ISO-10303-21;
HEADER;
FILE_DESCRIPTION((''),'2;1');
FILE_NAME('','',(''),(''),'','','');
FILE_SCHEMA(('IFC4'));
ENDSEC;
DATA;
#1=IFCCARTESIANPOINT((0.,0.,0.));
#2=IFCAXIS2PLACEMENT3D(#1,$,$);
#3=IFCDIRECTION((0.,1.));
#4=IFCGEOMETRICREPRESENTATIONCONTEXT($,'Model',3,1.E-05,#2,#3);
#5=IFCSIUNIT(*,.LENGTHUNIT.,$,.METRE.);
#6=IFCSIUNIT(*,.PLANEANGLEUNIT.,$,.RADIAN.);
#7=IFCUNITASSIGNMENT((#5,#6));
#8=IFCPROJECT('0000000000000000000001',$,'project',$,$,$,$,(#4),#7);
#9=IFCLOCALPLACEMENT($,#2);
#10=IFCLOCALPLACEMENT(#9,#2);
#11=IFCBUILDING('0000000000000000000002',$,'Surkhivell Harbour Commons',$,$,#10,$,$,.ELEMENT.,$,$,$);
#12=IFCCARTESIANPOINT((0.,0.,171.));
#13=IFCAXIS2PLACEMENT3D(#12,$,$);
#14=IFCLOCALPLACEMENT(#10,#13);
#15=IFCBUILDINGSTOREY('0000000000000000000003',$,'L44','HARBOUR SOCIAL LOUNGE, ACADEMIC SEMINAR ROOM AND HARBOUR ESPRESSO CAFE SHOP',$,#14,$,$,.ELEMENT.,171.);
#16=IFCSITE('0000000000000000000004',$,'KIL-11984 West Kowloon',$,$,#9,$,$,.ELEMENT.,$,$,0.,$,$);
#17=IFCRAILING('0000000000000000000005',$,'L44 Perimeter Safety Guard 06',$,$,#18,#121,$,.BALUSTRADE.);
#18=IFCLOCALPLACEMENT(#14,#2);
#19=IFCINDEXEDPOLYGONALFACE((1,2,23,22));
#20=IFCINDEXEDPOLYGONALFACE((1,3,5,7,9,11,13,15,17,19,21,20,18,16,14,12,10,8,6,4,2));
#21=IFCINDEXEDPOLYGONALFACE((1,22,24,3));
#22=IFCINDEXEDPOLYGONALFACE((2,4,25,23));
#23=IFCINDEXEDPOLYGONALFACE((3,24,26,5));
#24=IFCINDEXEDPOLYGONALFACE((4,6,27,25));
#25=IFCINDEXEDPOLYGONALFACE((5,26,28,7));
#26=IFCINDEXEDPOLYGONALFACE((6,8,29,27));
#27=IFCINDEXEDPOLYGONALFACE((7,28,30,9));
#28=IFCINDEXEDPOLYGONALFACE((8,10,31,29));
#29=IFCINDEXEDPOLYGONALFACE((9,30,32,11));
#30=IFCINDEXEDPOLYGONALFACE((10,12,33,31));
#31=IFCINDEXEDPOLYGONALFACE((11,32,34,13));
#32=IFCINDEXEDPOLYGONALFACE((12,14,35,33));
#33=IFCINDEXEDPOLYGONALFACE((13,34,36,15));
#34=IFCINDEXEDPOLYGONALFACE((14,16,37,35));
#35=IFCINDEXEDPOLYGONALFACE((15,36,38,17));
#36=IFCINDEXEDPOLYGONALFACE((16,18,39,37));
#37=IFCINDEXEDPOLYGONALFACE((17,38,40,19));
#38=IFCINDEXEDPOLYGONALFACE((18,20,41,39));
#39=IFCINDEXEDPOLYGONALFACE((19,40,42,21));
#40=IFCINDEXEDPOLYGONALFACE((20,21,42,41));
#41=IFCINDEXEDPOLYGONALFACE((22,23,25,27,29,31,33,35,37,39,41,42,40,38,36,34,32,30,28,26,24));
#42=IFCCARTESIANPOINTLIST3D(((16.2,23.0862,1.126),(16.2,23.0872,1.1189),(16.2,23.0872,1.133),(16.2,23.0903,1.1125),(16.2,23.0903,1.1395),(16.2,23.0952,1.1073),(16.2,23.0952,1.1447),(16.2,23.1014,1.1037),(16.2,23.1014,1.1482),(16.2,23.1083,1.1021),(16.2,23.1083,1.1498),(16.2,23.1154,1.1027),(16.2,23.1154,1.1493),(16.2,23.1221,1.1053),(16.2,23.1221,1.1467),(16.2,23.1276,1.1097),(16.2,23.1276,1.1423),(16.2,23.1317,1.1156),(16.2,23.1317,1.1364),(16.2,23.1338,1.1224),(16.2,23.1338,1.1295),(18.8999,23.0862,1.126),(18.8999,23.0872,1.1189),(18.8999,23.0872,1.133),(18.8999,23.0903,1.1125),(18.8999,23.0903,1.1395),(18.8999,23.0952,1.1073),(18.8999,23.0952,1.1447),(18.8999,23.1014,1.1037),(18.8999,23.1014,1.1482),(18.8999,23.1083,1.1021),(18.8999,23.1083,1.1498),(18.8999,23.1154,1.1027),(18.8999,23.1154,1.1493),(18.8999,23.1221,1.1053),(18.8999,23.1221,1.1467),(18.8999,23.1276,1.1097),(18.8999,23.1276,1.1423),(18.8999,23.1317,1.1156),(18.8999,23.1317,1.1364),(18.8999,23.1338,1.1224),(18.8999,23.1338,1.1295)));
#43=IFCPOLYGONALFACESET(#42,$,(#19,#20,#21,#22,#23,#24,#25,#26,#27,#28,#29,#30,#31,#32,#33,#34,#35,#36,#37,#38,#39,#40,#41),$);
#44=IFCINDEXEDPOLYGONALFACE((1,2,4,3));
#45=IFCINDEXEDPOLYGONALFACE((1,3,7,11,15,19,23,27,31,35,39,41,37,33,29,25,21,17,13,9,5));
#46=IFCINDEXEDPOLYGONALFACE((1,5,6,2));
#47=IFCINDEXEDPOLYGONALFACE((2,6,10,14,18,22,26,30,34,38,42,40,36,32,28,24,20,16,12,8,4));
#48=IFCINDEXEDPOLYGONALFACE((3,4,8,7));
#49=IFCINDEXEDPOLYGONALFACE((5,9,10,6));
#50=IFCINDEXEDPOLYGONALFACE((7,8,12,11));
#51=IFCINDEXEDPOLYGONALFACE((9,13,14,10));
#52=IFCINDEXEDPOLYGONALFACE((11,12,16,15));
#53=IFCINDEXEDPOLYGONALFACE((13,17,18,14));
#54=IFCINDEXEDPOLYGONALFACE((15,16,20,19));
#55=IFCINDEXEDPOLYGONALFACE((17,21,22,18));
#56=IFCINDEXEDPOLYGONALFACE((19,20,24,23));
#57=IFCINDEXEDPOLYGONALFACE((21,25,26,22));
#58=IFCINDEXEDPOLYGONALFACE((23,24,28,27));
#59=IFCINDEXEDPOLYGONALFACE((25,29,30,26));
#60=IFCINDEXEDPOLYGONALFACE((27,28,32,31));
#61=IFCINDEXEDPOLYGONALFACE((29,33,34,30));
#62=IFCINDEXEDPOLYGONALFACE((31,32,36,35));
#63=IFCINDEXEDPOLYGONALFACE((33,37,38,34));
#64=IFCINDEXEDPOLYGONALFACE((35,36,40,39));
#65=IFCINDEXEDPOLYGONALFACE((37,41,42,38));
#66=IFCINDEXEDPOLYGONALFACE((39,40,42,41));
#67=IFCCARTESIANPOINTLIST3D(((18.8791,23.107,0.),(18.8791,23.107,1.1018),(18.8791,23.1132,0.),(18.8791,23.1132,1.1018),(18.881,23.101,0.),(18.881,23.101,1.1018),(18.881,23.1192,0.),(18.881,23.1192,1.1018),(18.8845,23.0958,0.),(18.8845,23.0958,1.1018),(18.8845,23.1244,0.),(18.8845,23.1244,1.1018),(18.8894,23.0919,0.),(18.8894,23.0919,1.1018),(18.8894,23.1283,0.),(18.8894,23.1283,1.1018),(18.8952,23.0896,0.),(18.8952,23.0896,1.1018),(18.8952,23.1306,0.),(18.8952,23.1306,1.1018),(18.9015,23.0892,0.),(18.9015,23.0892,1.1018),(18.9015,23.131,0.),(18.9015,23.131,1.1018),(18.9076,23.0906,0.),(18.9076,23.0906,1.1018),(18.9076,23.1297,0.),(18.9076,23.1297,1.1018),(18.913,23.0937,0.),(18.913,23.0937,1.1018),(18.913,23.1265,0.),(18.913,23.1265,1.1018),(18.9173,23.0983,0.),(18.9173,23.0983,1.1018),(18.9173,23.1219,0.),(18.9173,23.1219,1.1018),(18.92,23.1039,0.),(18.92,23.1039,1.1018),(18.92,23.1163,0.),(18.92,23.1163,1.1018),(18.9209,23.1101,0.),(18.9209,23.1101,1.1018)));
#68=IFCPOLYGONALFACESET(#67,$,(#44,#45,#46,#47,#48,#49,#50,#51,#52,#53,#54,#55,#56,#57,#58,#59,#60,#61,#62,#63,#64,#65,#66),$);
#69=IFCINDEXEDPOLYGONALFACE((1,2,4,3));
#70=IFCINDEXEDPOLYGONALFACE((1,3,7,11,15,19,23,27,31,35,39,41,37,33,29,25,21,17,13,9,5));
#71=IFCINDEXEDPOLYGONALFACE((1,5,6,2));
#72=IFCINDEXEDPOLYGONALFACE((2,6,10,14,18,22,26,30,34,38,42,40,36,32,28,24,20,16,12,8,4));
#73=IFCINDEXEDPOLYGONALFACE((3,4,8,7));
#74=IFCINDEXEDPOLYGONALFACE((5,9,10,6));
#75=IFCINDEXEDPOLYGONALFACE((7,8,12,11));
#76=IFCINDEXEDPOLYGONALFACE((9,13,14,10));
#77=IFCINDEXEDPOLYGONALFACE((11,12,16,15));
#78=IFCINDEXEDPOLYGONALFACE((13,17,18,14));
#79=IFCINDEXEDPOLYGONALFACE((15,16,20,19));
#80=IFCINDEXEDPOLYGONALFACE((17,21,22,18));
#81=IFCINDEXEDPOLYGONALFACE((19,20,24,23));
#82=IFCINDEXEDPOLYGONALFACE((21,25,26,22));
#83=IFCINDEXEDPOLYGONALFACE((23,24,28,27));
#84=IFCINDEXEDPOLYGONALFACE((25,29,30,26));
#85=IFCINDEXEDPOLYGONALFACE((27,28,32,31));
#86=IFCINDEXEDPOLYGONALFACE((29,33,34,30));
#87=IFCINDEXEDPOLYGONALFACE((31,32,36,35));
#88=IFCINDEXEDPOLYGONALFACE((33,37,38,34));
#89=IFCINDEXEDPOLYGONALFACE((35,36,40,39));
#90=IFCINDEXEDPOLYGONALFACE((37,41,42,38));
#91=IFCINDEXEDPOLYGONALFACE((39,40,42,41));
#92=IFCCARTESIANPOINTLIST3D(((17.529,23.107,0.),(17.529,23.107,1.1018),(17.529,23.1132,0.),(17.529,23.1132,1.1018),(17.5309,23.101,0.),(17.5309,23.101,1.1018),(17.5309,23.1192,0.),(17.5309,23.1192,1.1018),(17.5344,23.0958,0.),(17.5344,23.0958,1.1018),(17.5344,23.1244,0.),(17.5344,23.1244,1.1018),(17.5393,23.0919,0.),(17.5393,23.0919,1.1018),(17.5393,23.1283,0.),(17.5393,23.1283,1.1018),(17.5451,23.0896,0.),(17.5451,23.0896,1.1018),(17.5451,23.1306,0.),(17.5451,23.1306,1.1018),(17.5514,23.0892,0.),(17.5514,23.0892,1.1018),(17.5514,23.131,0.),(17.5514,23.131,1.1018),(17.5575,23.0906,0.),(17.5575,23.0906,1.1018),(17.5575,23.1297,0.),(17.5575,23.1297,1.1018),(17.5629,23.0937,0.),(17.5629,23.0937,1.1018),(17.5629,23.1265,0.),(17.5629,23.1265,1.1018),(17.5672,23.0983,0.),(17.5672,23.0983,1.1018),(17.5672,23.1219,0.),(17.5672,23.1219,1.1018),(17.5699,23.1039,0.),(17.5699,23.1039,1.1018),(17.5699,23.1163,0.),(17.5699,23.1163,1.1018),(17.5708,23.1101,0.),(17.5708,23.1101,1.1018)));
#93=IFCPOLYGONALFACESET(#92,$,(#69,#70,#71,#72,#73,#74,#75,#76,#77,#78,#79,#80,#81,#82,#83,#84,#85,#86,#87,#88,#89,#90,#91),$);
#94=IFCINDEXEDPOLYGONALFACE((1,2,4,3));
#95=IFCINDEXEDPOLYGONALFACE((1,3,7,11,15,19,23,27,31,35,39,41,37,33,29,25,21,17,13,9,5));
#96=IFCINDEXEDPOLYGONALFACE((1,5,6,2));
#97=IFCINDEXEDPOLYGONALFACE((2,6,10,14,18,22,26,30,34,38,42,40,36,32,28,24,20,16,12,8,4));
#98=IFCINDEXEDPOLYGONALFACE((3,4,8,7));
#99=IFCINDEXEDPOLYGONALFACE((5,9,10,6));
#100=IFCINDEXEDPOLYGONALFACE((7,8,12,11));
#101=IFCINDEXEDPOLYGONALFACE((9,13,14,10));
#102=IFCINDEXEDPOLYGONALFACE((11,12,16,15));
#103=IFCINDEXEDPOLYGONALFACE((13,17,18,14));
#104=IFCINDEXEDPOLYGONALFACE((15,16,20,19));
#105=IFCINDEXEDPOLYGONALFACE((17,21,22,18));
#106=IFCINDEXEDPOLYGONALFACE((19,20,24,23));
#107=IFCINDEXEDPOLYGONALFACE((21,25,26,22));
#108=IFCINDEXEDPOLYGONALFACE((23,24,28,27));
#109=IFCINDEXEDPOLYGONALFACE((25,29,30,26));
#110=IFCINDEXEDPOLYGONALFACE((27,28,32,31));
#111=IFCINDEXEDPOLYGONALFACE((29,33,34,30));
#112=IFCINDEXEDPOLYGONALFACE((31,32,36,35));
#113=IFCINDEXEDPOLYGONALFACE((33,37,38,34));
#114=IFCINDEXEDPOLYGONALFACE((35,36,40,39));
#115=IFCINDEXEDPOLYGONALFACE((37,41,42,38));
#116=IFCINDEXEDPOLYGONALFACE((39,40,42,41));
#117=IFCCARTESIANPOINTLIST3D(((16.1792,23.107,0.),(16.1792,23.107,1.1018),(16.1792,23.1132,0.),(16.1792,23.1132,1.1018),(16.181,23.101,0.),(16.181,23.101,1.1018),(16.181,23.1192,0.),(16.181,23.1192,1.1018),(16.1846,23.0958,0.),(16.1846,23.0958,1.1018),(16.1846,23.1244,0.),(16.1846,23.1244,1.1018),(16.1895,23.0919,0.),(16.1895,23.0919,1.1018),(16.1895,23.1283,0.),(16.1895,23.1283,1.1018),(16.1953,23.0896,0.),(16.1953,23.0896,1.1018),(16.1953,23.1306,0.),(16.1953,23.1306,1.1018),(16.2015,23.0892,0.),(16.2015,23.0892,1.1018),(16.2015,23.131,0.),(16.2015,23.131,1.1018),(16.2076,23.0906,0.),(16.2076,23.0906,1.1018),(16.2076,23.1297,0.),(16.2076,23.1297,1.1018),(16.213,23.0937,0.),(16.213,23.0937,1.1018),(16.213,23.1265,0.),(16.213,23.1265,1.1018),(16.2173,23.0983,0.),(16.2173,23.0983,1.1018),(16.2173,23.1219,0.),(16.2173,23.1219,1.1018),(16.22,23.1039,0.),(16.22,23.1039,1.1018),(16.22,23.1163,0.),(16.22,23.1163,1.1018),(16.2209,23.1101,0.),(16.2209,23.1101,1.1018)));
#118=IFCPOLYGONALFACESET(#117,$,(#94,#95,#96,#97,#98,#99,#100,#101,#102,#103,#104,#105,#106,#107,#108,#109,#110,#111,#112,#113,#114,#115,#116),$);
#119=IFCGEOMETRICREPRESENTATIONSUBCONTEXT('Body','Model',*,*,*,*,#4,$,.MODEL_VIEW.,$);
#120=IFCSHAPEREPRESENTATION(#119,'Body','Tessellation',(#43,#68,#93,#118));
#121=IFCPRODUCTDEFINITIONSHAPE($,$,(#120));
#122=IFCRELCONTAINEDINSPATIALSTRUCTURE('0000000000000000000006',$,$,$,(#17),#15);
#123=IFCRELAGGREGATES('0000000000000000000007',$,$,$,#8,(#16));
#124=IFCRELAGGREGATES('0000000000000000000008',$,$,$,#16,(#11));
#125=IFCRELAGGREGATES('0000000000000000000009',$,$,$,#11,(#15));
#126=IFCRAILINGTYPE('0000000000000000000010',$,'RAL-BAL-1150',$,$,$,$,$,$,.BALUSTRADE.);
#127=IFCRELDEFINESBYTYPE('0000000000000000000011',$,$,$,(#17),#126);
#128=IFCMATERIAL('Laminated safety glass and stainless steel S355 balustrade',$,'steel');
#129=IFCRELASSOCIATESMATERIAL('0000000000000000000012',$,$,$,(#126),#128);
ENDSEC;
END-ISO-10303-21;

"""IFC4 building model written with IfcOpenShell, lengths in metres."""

from ifc_helpers import new_model, si_unit, direction, frame, origin, origin_2d, place, context, subcontext, project, spatial, circle, extrude, material, type_object, element, save


model = new_model("IFC4")

# Units and contexts
model_context = context("Model", 3, precision=1e-05, world=origin(), true_north=direction((0.0, 1.0)))
body_context = subcontext(model_context, "Body", "Model", "MODEL_VIEW")
ifc_project = project(units=[si_unit("LENGTHUNIT", "METRE"), si_unit("PLANEANGLEUNIT", "RADIAN")], contexts=[model_context])

# Site, building, storey
site_placement = place(None, origin())
site = spatial("IfcSite", under=ifc_project, at=site_placement, Name="KIL-11984 West Kowloon", CompositionType="ELEMENT", RefElevation=0.0)
building_placement = place(site_placement, origin())
building = spatial("IfcBuilding", under=site, at=building_placement, Name="Surkhivell Harbour Commons", CompositionType="ELEMENT")
storey_placement = place(building_placement, frame((0.0, 0.0, 171.0)))
storey = spatial("IfcBuildingStorey", under=building, at=storey_placement, Name="L44", Description="HARBOUR SOCIAL LOUNGE, ACADEMIC SEMINAR ROOM AND HARBOUR ESPRESSO CAFE SHOP", CompositionType="ELEMENT", Elevation=171.0)

# Railing
ifc_material_1 = material(Name="Laminated safety glass and stainless steel S355 balustrade", Category="steel")
railing_type = type_object("IfcRailingType", Name="RAL-BAL-1150", PredefinedType="BALUSTRADE", material=ifc_material_1)
railing_1_placement = place(storey_placement, frame((18.8999, 23.1101, 0.0)))
element("IfcRailing", 1, at=railing_1_placement, inside=storey, type_object=railing_type, Name="L44 Perimeter Safety Guard 06", PredefinedType="BALUSTRADE", context=body_context, shape_type="SweptSolid", body=[
    extrude(circle(Radius=0.0239, at=origin_2d()), frame((0.0, 0.0, 1.126), z_axis=(-1.0, 0.0, 0.0), x_axis=(0.0, -1.0, 0.0)), (0.0, 0.0, 1.0), 2.7),
    extrude(circle(Radius=0.021, at=origin_2d()), origin(), (0.0, 0.0, 1.0), 1.1018),
    extrude(circle(Radius=0.021, at=origin_2d()), frame((-1.3501, 0.0, 0.0)), (0.0, 0.0, 1.0), 1.1018),
    extrude(circle(Radius=0.021, at=origin_2d()), frame((-2.7, 0.0, 0.0)), (0.0, 0.0, 1.0), 1.1018),
])

save(model, "model.ifc")
